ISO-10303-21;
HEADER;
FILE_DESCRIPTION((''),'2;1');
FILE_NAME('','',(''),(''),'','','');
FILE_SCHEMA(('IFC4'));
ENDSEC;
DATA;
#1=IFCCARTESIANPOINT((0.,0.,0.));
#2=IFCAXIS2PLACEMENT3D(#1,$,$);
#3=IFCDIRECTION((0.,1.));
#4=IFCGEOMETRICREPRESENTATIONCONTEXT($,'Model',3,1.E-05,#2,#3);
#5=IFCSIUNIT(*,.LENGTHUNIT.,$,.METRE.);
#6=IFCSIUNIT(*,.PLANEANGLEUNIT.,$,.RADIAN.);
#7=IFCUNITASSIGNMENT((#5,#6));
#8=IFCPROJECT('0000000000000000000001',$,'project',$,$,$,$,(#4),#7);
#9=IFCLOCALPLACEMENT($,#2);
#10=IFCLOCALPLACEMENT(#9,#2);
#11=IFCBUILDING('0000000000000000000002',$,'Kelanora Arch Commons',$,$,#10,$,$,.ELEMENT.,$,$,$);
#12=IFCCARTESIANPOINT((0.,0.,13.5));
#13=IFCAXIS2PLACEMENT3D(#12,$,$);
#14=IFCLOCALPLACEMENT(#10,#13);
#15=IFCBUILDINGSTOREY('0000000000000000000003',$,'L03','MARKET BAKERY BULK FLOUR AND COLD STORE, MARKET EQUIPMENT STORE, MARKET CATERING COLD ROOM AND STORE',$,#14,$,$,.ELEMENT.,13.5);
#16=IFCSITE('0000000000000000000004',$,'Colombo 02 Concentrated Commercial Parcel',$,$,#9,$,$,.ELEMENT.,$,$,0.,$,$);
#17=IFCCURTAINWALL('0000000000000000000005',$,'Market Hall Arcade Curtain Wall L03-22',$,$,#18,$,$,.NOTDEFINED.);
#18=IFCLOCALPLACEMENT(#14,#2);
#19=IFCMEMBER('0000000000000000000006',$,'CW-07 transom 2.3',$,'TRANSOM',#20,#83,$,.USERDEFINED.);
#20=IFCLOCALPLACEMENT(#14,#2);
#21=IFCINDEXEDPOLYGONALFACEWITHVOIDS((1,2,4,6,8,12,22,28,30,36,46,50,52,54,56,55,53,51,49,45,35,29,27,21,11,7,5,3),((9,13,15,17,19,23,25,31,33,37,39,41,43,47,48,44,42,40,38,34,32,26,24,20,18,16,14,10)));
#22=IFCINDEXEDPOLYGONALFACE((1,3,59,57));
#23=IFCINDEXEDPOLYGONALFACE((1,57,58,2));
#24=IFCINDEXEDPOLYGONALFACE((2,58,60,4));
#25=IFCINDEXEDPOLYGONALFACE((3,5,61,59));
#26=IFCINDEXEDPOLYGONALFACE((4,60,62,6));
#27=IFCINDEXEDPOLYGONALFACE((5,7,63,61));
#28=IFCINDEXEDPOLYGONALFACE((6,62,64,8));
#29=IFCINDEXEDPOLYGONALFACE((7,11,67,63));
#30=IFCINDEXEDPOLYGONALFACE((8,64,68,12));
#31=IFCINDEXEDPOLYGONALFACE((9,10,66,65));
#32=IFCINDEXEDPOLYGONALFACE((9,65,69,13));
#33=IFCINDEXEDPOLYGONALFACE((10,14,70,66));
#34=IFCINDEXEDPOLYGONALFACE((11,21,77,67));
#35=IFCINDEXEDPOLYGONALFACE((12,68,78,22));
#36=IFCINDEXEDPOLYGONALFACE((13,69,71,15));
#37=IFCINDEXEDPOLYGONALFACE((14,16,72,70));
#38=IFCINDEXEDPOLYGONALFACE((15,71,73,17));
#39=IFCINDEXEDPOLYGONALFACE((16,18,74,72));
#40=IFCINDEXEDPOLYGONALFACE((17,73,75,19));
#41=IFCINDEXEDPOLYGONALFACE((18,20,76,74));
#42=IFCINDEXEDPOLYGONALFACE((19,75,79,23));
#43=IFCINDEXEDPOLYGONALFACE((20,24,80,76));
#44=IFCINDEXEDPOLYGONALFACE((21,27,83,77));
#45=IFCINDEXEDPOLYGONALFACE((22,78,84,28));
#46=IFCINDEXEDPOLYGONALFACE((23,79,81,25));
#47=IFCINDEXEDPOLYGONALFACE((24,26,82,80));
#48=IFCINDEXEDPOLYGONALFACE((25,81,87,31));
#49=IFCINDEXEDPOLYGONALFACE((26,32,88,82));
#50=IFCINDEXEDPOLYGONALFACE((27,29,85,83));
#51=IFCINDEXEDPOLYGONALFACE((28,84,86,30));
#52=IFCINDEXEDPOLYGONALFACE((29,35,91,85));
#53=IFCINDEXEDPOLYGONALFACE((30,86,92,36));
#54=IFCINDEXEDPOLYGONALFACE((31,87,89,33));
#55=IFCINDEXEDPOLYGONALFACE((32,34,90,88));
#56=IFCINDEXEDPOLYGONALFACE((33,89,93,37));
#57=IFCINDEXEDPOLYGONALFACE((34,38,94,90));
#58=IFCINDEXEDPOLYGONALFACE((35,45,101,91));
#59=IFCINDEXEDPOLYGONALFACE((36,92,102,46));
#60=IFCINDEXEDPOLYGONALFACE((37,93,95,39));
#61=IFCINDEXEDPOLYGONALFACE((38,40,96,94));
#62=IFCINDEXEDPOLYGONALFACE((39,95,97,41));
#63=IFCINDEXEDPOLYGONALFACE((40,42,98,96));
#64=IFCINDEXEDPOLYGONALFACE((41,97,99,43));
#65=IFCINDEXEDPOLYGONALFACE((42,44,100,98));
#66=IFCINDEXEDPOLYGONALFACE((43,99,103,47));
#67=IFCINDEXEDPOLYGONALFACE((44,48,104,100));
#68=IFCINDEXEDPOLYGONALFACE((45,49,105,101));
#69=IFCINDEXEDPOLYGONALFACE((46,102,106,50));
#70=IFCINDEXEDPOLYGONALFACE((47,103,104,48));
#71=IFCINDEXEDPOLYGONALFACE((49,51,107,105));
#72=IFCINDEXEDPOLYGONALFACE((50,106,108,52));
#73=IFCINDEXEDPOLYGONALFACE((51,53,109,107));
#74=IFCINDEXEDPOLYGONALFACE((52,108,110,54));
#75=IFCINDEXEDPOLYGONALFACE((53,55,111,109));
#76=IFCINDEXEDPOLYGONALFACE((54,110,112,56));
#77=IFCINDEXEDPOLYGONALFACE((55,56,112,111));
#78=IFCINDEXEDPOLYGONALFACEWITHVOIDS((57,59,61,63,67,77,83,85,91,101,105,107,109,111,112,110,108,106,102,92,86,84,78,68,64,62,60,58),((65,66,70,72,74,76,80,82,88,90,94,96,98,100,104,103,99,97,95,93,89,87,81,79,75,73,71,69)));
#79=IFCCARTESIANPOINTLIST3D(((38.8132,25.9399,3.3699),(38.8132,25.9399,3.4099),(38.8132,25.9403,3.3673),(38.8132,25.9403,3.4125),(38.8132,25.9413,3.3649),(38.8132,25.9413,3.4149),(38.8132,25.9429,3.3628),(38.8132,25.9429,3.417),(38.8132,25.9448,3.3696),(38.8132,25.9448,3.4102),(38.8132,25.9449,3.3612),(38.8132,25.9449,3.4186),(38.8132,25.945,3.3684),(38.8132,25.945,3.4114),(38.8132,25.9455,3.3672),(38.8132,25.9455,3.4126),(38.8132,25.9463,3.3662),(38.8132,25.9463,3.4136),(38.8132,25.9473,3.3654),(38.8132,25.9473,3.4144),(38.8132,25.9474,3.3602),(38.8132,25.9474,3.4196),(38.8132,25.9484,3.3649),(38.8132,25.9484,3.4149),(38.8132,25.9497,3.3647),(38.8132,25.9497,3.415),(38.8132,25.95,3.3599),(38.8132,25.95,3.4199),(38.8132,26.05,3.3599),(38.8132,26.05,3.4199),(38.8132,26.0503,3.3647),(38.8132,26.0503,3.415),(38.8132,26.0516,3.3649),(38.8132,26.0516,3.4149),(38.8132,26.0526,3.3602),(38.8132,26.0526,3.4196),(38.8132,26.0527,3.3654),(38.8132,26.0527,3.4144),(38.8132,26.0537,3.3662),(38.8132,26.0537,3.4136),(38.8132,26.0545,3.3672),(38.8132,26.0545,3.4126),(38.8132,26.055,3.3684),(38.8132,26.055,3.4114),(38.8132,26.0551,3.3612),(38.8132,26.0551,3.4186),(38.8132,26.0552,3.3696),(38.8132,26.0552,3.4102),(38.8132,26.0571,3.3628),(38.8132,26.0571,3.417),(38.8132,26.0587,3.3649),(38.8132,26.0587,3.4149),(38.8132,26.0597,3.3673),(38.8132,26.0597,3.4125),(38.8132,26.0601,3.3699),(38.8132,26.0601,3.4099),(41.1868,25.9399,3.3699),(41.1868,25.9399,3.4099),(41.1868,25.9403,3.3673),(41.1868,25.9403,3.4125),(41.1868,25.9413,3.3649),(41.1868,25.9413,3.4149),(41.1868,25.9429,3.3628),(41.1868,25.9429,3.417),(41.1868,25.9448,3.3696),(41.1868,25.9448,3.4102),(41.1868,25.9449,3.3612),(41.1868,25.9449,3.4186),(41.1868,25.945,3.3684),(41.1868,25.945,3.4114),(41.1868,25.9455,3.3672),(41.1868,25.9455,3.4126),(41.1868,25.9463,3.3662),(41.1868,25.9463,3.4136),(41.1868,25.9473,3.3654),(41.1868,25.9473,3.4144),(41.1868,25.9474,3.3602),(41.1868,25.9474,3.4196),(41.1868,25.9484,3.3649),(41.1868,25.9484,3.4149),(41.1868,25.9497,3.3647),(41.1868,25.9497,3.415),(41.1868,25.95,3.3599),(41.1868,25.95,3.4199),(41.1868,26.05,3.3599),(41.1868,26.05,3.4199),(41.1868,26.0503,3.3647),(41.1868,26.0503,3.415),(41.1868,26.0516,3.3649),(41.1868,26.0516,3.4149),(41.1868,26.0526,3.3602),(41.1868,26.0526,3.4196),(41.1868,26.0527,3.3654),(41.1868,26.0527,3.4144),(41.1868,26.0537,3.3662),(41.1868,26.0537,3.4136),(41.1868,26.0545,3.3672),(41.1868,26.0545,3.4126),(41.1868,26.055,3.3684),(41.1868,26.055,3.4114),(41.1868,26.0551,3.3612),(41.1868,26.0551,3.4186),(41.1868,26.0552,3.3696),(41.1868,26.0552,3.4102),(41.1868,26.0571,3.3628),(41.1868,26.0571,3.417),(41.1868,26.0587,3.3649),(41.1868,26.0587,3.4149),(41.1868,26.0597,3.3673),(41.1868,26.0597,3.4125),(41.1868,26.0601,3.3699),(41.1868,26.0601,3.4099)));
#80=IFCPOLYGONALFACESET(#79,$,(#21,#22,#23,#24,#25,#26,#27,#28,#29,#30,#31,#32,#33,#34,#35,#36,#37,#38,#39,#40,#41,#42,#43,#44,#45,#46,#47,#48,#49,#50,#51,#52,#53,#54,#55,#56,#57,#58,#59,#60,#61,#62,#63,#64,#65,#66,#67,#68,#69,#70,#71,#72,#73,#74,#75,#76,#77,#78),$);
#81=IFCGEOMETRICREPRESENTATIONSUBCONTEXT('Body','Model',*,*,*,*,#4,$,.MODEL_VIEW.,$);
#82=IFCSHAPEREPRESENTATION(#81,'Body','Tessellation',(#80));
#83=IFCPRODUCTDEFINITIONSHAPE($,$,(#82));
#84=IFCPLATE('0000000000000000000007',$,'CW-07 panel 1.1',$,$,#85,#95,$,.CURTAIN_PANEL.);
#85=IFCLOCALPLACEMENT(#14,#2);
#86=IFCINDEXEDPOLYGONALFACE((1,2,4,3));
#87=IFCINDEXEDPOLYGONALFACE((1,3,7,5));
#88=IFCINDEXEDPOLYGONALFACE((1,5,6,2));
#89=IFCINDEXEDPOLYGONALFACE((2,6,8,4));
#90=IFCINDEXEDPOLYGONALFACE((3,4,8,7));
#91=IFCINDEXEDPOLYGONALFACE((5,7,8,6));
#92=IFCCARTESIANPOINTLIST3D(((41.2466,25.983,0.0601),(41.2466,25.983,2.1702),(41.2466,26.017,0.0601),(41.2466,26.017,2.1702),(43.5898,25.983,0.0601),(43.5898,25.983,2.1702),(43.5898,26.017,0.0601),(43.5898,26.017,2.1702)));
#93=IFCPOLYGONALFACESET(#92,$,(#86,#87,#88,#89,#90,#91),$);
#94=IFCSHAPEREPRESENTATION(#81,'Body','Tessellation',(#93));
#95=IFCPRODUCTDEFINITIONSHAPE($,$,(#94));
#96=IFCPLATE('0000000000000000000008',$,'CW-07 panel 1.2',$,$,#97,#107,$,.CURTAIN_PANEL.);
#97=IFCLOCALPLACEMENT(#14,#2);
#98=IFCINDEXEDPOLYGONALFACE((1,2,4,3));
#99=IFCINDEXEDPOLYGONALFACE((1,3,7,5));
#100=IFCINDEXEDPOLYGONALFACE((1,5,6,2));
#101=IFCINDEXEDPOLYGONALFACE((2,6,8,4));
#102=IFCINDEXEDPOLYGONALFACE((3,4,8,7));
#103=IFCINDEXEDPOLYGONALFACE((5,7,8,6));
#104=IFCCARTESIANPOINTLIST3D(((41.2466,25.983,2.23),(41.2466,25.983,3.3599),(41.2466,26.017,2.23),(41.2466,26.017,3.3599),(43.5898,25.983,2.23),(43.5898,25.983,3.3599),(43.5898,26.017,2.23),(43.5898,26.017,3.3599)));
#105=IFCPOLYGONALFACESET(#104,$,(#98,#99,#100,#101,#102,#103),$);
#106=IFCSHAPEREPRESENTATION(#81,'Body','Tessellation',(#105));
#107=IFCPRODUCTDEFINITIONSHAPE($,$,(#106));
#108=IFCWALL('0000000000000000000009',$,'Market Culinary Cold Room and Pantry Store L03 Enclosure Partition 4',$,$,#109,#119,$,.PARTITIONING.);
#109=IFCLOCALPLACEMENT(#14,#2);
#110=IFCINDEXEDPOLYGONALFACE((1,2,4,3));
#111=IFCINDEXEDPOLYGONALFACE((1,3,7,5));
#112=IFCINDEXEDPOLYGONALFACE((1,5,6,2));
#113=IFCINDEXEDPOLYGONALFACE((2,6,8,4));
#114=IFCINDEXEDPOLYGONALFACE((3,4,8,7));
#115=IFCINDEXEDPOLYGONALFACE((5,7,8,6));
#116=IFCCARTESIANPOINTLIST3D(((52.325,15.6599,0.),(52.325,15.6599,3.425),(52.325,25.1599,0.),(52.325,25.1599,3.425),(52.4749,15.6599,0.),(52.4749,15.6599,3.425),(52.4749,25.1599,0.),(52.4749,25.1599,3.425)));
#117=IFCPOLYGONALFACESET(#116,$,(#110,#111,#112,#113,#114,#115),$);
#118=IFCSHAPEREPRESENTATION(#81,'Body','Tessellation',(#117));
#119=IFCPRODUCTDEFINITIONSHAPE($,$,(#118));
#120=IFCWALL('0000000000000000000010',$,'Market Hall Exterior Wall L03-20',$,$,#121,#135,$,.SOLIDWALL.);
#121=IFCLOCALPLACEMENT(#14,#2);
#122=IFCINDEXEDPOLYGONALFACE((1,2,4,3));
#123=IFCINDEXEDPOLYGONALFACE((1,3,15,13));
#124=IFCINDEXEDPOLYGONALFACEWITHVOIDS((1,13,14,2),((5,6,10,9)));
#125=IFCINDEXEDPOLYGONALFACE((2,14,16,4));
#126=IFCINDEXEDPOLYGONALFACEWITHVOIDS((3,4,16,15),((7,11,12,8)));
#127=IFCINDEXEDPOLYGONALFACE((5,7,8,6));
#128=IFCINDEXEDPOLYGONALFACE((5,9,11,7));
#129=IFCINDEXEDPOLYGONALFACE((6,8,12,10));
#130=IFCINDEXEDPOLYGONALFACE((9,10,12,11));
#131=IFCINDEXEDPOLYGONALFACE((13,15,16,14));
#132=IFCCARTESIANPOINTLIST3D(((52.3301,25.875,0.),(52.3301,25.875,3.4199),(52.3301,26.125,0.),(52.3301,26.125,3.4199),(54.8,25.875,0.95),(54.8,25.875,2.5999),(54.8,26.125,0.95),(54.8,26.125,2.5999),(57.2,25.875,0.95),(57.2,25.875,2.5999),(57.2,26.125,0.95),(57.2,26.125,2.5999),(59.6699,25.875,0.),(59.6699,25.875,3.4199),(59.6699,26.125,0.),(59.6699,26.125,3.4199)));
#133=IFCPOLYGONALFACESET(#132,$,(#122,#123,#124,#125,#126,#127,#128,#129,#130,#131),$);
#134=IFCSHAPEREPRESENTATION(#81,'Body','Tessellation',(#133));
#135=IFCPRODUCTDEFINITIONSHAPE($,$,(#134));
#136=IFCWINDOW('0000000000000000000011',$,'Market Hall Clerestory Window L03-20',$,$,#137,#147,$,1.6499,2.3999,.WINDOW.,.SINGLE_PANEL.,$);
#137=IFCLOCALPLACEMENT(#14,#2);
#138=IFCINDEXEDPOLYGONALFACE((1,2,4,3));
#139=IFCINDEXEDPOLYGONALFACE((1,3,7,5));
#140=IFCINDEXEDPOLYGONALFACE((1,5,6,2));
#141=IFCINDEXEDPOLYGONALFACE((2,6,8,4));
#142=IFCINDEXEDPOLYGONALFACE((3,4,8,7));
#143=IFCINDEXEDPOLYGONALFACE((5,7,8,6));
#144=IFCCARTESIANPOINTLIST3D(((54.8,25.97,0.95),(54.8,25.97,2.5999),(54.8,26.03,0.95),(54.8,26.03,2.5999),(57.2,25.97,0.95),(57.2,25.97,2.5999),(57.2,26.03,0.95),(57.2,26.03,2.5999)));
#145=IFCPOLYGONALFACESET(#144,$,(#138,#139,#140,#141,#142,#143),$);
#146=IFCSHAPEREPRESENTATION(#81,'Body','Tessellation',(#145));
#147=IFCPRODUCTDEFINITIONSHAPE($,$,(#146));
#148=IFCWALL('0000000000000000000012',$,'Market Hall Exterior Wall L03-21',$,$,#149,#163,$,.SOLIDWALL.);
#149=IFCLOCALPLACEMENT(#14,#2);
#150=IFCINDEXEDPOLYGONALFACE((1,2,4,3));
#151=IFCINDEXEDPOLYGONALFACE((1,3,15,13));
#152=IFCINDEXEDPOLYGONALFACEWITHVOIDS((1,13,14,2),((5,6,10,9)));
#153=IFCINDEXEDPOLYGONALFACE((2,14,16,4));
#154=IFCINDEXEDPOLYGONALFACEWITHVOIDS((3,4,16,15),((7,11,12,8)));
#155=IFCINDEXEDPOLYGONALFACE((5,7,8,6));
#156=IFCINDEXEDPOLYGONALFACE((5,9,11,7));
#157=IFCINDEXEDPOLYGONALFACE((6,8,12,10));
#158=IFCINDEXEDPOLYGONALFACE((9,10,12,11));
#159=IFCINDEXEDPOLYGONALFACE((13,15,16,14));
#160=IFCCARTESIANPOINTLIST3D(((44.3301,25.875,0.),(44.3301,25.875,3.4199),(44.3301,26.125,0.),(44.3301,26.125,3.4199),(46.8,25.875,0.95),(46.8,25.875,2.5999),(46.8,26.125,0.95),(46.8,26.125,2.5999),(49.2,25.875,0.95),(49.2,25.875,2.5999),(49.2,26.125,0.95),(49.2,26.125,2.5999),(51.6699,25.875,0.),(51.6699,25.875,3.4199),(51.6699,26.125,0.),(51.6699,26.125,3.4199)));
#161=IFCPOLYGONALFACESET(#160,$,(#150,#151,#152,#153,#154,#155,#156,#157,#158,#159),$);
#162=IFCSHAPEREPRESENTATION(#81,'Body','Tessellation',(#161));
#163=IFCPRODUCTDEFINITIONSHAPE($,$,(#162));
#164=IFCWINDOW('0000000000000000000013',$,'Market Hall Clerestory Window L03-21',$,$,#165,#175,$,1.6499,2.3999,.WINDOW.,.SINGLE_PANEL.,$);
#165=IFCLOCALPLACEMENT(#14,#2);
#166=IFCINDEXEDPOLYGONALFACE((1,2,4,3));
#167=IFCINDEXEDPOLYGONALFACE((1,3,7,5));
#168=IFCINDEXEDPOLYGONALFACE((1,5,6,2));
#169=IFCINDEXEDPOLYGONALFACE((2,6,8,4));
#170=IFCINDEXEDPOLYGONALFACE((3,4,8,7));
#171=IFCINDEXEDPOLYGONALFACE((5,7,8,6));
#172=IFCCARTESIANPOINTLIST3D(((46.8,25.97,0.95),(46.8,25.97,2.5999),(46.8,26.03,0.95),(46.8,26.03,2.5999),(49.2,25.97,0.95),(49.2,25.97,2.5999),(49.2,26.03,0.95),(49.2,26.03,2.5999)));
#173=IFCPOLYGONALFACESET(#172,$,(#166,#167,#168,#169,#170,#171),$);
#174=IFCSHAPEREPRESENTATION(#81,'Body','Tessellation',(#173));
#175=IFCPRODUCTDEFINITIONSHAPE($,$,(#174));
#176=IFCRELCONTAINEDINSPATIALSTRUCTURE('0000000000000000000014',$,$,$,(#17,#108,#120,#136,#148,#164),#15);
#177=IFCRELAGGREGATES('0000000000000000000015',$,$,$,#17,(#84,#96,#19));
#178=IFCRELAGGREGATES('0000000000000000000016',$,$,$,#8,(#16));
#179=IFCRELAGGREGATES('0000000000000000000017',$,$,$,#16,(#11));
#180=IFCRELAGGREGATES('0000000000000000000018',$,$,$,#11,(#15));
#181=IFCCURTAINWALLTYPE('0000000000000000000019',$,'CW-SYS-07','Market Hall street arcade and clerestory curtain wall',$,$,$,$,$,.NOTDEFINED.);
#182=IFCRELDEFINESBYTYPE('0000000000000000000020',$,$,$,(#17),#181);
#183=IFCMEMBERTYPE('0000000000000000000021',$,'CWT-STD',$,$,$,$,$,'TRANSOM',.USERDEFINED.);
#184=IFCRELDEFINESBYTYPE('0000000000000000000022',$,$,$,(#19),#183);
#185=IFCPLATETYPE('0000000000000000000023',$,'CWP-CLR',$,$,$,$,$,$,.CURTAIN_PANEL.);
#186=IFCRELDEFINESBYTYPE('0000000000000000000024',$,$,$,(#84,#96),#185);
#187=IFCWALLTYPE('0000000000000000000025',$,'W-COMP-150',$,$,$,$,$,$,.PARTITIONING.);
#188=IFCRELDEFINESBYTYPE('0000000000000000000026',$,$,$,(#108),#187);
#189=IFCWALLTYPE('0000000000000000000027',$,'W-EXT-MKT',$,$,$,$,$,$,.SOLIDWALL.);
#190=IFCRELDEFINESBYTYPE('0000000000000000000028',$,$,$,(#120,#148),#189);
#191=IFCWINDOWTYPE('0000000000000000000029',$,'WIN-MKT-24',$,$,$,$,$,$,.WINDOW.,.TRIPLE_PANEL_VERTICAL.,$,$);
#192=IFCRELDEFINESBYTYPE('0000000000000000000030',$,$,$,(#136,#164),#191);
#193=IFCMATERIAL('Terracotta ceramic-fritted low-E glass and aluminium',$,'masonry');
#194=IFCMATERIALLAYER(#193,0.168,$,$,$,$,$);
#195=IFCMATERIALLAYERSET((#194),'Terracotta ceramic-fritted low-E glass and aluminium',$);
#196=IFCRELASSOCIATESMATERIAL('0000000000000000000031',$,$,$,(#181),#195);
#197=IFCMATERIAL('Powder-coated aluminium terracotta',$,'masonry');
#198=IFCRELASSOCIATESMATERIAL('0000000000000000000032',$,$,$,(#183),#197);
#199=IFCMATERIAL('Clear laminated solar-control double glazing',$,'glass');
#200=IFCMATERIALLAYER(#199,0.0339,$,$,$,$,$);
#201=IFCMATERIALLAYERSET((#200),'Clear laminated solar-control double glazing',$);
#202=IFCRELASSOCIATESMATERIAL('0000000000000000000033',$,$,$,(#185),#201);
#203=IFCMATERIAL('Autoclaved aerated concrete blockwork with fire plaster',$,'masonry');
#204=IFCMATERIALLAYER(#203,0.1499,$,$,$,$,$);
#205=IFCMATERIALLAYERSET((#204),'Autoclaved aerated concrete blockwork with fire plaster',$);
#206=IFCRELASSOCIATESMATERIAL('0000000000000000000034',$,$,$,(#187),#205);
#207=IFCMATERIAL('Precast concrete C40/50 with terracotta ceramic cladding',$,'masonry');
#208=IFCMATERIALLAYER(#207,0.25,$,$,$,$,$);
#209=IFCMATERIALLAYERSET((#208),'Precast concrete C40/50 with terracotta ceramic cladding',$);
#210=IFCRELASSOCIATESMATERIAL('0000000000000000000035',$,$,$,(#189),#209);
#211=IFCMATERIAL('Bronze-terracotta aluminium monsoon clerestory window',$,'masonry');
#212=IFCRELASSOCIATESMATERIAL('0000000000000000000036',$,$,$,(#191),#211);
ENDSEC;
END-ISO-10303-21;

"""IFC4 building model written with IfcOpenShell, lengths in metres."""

from ifc_helpers import new_model, si_unit, direction, frame, frame_2d, origin, origin_2d, place, context, subcontext, project, spatial, rectangle, hollow_rectangle, extrude, source, transform, mapped, material, layer, layer_set, material_profile, profile_set, type_object, element, fill, aggregate, save


model = new_model("IFC4")

# Units and contexts
model_context = context("Model", 3, precision=1e-05, world=origin(), true_north=direction((0.0, 1.0)))
body_context = subcontext(model_context, "Body", "Model", "MODEL_VIEW")
ifc_project = project(units=[si_unit("LENGTHUNIT", "METRE"), si_unit("PLANEANGLEUNIT", "RADIAN")], contexts=[model_context])

# Site, building, storey
site_placement = place(None, origin())
site = spatial("IfcSite", under=ifc_project, at=site_placement, Name="Colombo 02 Concentrated Commercial Parcel", CompositionType="ELEMENT", RefElevation=0.0)
building_placement = place(site_placement, origin())
building = spatial("IfcBuilding", under=site, at=building_placement, Name="Kelanora Arch Commons", CompositionType="ELEMENT")
storey_placement = place(building_placement, frame((0.0, 0.0, 13.5)))
storey = spatial("IfcBuildingStorey", under=building, at=storey_placement, Name="L03", Description="MARKET BAKERY BULK FLOUR AND COLD STORE, MARKET EQUIPMENT STORE, MARKET CATERING COLD ROOM AND STORE", CompositionType="ELEMENT", Elevation=13.5)

# Curtain wall, member, plates
ifc_material_1 = material(Name="Terracotta ceramic-fritted low-E glass and aluminium", Category="masonry")
ifc_layer_1 = layer(ifc_material_1, 0.168)
ifc_layer_set_1 = layer_set([ifc_layer_1], Name="Terracotta ceramic-fritted low-E glass and aluminium")
curtain_wall_type = type_object("IfcCurtainWallType", Name="CW-SYS-07", Description="Market Hall street arcade and clerestory curtain wall", PredefinedType="NOTDEFINED", material=ifc_layer_set_1)
curtain_wall_placement = place(storey_placement, origin())
curtain_wall = element("IfcCurtainWall", 1, at=curtain_wall_placement, inside=storey, type_object=curtain_wall_type, Name="Market Hall Arcade Curtain Wall L03-22", PredefinedType="NOTDEFINED")
ifc_material_2 = material(Name="Powder-coated aluminium terracotta", Category="masonry")
ifc_material_profile_1 = material_profile(ifc_material_2, hollow_rectangle(XDim=0.1201, YDim=0.0601, WallThickness=0.0049, InnerFilletRadius=0.0049, OuterFilletRadius=0.01, at=origin_2d()), Name="CWT120x60")
ifc_profile_set_1 = profile_set([ifc_material_profile_1], Name="Powder-coated aluminium terracotta")
member_type_1 = type_object("IfcMemberType", Name="CWT-STD", ElementType="TRANSOM", PredefinedType="USERDEFINED", material=ifc_profile_set_1)
member_1_placement = place(storey_placement, frame((41.1868, 26.0, 3.3899), z_axis=(-1.0, 0.0, 0.0), x_axis=(0.0, -1.0, 0.0)))
member_1 = element("IfcMember", 2, at=member_1_placement, type_object=member_type_1, Name="CW-07 transom 2.3", ObjectType="TRANSOM", PredefinedType="USERDEFINED", context=body_context, shape_type="SweptSolid", body=[
    extrude(hollow_rectangle(XDim=0.1201, YDim=0.0601, WallThickness=0.0049, InnerFilletRadius=0.0049, OuterFilletRadius=0.01, at=origin_2d()), origin(), (0.0, 0.0, 1.0), 2.3735),
])
ifc_material_3 = material(Name="Clear laminated solar-control double glazing", Category="glass")
ifc_layer_2 = layer(ifc_material_3, 0.0339)
ifc_layer_set_2 = layer_set([ifc_layer_2], Name="Clear laminated solar-control double glazing")
plate_type = type_object("IfcPlateType", Name="CWP-CLR", PredefinedType="CURTAIN_PANEL", material=ifc_layer_set_2)
shared_shape_1 = source(origin(), body_context, "Body", "SweptSolid", [
    extrude(rectangle(XDim=2.3433, YDim=0.0339, at=origin_2d()), origin(), (0.0, 0.0, 1.0), 2.1101),
])
plate_1_placement = place(storey_placement, frame((42.4182, 26.0, 0.0601), z_axis=(0.0, 0.0, 1.0), x_axis=(-1.0, 0.0, 0.0)))
plate_1 = element("IfcPlate", 3, at=plate_1_placement, type_object=plate_type, Name="CW-07 panel 1.1", PredefinedType="CURTAIN_PANEL", context=body_context, shape_type="MappedRepresentation", body=[
    mapped(shared_shape_1, transform((0.0, 0.0, 0.0), scale=1.0)),
])
shared_shape_2 = source(origin(), body_context, "Body", "SweptSolid", [
    extrude(rectangle(XDim=2.3433, YDim=0.0339, at=origin_2d()), origin(), (0.0, 0.0, 1.0), 1.1299),
])
plate_2_placement = place(storey_placement, frame((42.4182, 26.0, 2.23), z_axis=(0.0, 0.0, 1.0), x_axis=(-1.0, 0.0, 0.0)))
plate_2 = element("IfcPlate", 4, at=plate_2_placement, type_object=plate_type, Name="CW-07 panel 1.2", PredefinedType="CURTAIN_PANEL", context=body_context, shape_type="MappedRepresentation", body=[
    mapped(shared_shape_2, transform((0.0, 0.0, 0.0), scale=1.0)),
])
aggregate(curtain_wall, [plate_1, plate_2, member_1])

# Wall
ifc_material_4 = material(Name="Autoclaved aerated concrete blockwork with fire plaster", Category="masonry")
ifc_layer_3 = layer(ifc_material_4, 0.1499)
ifc_layer_set_3 = layer_set([ifc_layer_3], Name="Autoclaved aerated concrete blockwork with fire plaster")
wall_type_1 = type_object("IfcWallType", Name="W-COMP-150", PredefinedType="PARTITIONING", material=ifc_layer_set_3)
wall_1_placement = place(storey_placement, frame((52.3999, 25.1599, 0.0), z_axis=(0.0, 0.0, 1.0), x_axis=(0.0, -1.0, 0.0)))
element("IfcWall", 5, at=wall_1_placement, inside=storey, type_object=wall_type_1, Name="Market Culinary Cold Room and Pantry Store L03 Enclosure Partition 4", PredefinedType="PARTITIONING", context=body_context, shape_type="SweptSolid", body=[
    extrude(rectangle(XDim=9.5, YDim=0.1499, at=frame_2d((4.75, 0.0))), origin(), (0.0, 0.0, 1.0), 3.425),
])

# Walls, openings, windows
ifc_material_5 = material(Name="Precast concrete C40/50 with terracotta ceramic cladding", Category="masonry")
ifc_layer_4 = layer(ifc_material_5, 0.25)
ifc_layer_set_4 = layer_set([ifc_layer_4], Name="Precast concrete C40/50 with terracotta ceramic cladding")
wall_type_2 = type_object("IfcWallType", Name="W-EXT-MKT", PredefinedType="SOLIDWALL", material=ifc_layer_set_4)
wall_2_placement = place(storey_placement, frame((59.6699, 26.0, 0.0), z_axis=(0.0, 0.0, 1.0), x_axis=(-1.0, 0.0, 0.0)))
wall_2 = element("IfcWall", 6, at=wall_2_placement, inside=storey, type_object=wall_type_2, Name="Market Hall Exterior Wall L03-20", PredefinedType="SOLIDWALL", context=body_context, shape_type="SweptSolid", body=[
    extrude(rectangle(XDim=7.3398, YDim=0.25, at=frame_2d((3.6699, 0.0))), origin(), (0.0, 0.0, 1.0), 3.4199),
])
opening_1_placement = place(wall_2_placement, frame((2.47, 0.0, 0.95)))
opening_1 = element("IfcOpeningElement", 7, at=opening_1_placement, cuts=wall_2, PredefinedType="OPENING", context=body_context, shape_type="SweptSolid", body=[
    extrude(rectangle(XDim=2.3999, YDim=1.6499, at=frame_2d((1.2, 0.825))), frame((0.0, 0.135, 0.0), z_axis=(0.0, -1.0, 0.0), x_axis=(1.0, 0.0, 0.0)), (0.0, 0.0, 1.0), 0.27),
])
ifc_material_6 = material(Name="Bronze-terracotta aluminium monsoon clerestory window", Category="masonry")
window_type = type_object("IfcWindowType", Name="WIN-MKT-24", PartitioningType="TRIPLE_PANEL_VERTICAL", PredefinedType="WINDOW", material=ifc_material_6)
window_1_placement = place(opening_1_placement, origin())
window_1 = element("IfcWindow", 8, at=window_1_placement, inside=storey, type_object=window_type, Name="Market Hall Clerestory Window L03-20", OverallHeight=1.6499, OverallWidth=2.3999, PartitioningType="SINGLE_PANEL", PredefinedType="WINDOW", context=body_context, shape_type="SweptSolid", body=[
    extrude(rectangle(XDim=2.3999, YDim=1.6499, at=frame_2d((1.2, 0.825))), frame((0.0, 0.03, 0.0), z_axis=(0.0, -1.0, 0.0), x_axis=(1.0, 0.0, 0.0)), (0.0, 0.0, 1.0), 0.0601),
])
fill(opening_1, window_1)
wall_3_placement = place(storey_placement, frame((51.6699, 26.0, 0.0), z_axis=(0.0, 0.0, 1.0), x_axis=(-1.0, 0.0, 0.0)))
wall_3 = element("IfcWall", 9, at=wall_3_placement, inside=storey, type_object=wall_type_2, Name="Market Hall Exterior Wall L03-21", PredefinedType="SOLIDWALL", context=body_context, shape_type="SweptSolid", body=[
    extrude(rectangle(XDim=7.3398, YDim=0.25, at=frame_2d((3.6699, 0.0))), origin(), (0.0, 0.0, 1.0), 3.4199),
])
opening_2_placement = place(wall_3_placement, frame((2.47, 0.0, 0.95)))
opening_2 = element("IfcOpeningElement", 10, at=opening_2_placement, cuts=wall_3, PredefinedType="OPENING", context=body_context, shape_type="SweptSolid", body=[
    extrude(rectangle(XDim=2.3999, YDim=1.6499, at=frame_2d((1.2, 0.825))), frame((0.0, 0.135, 0.0), z_axis=(0.0, -1.0, 0.0), x_axis=(1.0, 0.0, 0.0)), (0.0, 0.0, 1.0), 0.27),
])
window_2_placement = place(opening_2_placement, origin())
window_2 = element("IfcWindow", 11, at=window_2_placement, inside=storey, type_object=window_type, Name="Market Hall Clerestory Window L03-21", OverallHeight=1.6499, OverallWidth=2.3999, PartitioningType="SINGLE_PANEL", PredefinedType="WINDOW", context=body_context, shape_type="SweptSolid", body=[
    extrude(rectangle(XDim=2.3999, YDim=1.6499, at=frame_2d((1.2, 0.825))), frame((0.0, 0.03, 0.0), z_axis=(0.0, -1.0, 0.0), x_axis=(1.0, 0.0, 0.0)), (0.0, 0.0, 1.0), 0.0601),
])
fill(opening_2, window_2)

save(model, "model.ifc")
